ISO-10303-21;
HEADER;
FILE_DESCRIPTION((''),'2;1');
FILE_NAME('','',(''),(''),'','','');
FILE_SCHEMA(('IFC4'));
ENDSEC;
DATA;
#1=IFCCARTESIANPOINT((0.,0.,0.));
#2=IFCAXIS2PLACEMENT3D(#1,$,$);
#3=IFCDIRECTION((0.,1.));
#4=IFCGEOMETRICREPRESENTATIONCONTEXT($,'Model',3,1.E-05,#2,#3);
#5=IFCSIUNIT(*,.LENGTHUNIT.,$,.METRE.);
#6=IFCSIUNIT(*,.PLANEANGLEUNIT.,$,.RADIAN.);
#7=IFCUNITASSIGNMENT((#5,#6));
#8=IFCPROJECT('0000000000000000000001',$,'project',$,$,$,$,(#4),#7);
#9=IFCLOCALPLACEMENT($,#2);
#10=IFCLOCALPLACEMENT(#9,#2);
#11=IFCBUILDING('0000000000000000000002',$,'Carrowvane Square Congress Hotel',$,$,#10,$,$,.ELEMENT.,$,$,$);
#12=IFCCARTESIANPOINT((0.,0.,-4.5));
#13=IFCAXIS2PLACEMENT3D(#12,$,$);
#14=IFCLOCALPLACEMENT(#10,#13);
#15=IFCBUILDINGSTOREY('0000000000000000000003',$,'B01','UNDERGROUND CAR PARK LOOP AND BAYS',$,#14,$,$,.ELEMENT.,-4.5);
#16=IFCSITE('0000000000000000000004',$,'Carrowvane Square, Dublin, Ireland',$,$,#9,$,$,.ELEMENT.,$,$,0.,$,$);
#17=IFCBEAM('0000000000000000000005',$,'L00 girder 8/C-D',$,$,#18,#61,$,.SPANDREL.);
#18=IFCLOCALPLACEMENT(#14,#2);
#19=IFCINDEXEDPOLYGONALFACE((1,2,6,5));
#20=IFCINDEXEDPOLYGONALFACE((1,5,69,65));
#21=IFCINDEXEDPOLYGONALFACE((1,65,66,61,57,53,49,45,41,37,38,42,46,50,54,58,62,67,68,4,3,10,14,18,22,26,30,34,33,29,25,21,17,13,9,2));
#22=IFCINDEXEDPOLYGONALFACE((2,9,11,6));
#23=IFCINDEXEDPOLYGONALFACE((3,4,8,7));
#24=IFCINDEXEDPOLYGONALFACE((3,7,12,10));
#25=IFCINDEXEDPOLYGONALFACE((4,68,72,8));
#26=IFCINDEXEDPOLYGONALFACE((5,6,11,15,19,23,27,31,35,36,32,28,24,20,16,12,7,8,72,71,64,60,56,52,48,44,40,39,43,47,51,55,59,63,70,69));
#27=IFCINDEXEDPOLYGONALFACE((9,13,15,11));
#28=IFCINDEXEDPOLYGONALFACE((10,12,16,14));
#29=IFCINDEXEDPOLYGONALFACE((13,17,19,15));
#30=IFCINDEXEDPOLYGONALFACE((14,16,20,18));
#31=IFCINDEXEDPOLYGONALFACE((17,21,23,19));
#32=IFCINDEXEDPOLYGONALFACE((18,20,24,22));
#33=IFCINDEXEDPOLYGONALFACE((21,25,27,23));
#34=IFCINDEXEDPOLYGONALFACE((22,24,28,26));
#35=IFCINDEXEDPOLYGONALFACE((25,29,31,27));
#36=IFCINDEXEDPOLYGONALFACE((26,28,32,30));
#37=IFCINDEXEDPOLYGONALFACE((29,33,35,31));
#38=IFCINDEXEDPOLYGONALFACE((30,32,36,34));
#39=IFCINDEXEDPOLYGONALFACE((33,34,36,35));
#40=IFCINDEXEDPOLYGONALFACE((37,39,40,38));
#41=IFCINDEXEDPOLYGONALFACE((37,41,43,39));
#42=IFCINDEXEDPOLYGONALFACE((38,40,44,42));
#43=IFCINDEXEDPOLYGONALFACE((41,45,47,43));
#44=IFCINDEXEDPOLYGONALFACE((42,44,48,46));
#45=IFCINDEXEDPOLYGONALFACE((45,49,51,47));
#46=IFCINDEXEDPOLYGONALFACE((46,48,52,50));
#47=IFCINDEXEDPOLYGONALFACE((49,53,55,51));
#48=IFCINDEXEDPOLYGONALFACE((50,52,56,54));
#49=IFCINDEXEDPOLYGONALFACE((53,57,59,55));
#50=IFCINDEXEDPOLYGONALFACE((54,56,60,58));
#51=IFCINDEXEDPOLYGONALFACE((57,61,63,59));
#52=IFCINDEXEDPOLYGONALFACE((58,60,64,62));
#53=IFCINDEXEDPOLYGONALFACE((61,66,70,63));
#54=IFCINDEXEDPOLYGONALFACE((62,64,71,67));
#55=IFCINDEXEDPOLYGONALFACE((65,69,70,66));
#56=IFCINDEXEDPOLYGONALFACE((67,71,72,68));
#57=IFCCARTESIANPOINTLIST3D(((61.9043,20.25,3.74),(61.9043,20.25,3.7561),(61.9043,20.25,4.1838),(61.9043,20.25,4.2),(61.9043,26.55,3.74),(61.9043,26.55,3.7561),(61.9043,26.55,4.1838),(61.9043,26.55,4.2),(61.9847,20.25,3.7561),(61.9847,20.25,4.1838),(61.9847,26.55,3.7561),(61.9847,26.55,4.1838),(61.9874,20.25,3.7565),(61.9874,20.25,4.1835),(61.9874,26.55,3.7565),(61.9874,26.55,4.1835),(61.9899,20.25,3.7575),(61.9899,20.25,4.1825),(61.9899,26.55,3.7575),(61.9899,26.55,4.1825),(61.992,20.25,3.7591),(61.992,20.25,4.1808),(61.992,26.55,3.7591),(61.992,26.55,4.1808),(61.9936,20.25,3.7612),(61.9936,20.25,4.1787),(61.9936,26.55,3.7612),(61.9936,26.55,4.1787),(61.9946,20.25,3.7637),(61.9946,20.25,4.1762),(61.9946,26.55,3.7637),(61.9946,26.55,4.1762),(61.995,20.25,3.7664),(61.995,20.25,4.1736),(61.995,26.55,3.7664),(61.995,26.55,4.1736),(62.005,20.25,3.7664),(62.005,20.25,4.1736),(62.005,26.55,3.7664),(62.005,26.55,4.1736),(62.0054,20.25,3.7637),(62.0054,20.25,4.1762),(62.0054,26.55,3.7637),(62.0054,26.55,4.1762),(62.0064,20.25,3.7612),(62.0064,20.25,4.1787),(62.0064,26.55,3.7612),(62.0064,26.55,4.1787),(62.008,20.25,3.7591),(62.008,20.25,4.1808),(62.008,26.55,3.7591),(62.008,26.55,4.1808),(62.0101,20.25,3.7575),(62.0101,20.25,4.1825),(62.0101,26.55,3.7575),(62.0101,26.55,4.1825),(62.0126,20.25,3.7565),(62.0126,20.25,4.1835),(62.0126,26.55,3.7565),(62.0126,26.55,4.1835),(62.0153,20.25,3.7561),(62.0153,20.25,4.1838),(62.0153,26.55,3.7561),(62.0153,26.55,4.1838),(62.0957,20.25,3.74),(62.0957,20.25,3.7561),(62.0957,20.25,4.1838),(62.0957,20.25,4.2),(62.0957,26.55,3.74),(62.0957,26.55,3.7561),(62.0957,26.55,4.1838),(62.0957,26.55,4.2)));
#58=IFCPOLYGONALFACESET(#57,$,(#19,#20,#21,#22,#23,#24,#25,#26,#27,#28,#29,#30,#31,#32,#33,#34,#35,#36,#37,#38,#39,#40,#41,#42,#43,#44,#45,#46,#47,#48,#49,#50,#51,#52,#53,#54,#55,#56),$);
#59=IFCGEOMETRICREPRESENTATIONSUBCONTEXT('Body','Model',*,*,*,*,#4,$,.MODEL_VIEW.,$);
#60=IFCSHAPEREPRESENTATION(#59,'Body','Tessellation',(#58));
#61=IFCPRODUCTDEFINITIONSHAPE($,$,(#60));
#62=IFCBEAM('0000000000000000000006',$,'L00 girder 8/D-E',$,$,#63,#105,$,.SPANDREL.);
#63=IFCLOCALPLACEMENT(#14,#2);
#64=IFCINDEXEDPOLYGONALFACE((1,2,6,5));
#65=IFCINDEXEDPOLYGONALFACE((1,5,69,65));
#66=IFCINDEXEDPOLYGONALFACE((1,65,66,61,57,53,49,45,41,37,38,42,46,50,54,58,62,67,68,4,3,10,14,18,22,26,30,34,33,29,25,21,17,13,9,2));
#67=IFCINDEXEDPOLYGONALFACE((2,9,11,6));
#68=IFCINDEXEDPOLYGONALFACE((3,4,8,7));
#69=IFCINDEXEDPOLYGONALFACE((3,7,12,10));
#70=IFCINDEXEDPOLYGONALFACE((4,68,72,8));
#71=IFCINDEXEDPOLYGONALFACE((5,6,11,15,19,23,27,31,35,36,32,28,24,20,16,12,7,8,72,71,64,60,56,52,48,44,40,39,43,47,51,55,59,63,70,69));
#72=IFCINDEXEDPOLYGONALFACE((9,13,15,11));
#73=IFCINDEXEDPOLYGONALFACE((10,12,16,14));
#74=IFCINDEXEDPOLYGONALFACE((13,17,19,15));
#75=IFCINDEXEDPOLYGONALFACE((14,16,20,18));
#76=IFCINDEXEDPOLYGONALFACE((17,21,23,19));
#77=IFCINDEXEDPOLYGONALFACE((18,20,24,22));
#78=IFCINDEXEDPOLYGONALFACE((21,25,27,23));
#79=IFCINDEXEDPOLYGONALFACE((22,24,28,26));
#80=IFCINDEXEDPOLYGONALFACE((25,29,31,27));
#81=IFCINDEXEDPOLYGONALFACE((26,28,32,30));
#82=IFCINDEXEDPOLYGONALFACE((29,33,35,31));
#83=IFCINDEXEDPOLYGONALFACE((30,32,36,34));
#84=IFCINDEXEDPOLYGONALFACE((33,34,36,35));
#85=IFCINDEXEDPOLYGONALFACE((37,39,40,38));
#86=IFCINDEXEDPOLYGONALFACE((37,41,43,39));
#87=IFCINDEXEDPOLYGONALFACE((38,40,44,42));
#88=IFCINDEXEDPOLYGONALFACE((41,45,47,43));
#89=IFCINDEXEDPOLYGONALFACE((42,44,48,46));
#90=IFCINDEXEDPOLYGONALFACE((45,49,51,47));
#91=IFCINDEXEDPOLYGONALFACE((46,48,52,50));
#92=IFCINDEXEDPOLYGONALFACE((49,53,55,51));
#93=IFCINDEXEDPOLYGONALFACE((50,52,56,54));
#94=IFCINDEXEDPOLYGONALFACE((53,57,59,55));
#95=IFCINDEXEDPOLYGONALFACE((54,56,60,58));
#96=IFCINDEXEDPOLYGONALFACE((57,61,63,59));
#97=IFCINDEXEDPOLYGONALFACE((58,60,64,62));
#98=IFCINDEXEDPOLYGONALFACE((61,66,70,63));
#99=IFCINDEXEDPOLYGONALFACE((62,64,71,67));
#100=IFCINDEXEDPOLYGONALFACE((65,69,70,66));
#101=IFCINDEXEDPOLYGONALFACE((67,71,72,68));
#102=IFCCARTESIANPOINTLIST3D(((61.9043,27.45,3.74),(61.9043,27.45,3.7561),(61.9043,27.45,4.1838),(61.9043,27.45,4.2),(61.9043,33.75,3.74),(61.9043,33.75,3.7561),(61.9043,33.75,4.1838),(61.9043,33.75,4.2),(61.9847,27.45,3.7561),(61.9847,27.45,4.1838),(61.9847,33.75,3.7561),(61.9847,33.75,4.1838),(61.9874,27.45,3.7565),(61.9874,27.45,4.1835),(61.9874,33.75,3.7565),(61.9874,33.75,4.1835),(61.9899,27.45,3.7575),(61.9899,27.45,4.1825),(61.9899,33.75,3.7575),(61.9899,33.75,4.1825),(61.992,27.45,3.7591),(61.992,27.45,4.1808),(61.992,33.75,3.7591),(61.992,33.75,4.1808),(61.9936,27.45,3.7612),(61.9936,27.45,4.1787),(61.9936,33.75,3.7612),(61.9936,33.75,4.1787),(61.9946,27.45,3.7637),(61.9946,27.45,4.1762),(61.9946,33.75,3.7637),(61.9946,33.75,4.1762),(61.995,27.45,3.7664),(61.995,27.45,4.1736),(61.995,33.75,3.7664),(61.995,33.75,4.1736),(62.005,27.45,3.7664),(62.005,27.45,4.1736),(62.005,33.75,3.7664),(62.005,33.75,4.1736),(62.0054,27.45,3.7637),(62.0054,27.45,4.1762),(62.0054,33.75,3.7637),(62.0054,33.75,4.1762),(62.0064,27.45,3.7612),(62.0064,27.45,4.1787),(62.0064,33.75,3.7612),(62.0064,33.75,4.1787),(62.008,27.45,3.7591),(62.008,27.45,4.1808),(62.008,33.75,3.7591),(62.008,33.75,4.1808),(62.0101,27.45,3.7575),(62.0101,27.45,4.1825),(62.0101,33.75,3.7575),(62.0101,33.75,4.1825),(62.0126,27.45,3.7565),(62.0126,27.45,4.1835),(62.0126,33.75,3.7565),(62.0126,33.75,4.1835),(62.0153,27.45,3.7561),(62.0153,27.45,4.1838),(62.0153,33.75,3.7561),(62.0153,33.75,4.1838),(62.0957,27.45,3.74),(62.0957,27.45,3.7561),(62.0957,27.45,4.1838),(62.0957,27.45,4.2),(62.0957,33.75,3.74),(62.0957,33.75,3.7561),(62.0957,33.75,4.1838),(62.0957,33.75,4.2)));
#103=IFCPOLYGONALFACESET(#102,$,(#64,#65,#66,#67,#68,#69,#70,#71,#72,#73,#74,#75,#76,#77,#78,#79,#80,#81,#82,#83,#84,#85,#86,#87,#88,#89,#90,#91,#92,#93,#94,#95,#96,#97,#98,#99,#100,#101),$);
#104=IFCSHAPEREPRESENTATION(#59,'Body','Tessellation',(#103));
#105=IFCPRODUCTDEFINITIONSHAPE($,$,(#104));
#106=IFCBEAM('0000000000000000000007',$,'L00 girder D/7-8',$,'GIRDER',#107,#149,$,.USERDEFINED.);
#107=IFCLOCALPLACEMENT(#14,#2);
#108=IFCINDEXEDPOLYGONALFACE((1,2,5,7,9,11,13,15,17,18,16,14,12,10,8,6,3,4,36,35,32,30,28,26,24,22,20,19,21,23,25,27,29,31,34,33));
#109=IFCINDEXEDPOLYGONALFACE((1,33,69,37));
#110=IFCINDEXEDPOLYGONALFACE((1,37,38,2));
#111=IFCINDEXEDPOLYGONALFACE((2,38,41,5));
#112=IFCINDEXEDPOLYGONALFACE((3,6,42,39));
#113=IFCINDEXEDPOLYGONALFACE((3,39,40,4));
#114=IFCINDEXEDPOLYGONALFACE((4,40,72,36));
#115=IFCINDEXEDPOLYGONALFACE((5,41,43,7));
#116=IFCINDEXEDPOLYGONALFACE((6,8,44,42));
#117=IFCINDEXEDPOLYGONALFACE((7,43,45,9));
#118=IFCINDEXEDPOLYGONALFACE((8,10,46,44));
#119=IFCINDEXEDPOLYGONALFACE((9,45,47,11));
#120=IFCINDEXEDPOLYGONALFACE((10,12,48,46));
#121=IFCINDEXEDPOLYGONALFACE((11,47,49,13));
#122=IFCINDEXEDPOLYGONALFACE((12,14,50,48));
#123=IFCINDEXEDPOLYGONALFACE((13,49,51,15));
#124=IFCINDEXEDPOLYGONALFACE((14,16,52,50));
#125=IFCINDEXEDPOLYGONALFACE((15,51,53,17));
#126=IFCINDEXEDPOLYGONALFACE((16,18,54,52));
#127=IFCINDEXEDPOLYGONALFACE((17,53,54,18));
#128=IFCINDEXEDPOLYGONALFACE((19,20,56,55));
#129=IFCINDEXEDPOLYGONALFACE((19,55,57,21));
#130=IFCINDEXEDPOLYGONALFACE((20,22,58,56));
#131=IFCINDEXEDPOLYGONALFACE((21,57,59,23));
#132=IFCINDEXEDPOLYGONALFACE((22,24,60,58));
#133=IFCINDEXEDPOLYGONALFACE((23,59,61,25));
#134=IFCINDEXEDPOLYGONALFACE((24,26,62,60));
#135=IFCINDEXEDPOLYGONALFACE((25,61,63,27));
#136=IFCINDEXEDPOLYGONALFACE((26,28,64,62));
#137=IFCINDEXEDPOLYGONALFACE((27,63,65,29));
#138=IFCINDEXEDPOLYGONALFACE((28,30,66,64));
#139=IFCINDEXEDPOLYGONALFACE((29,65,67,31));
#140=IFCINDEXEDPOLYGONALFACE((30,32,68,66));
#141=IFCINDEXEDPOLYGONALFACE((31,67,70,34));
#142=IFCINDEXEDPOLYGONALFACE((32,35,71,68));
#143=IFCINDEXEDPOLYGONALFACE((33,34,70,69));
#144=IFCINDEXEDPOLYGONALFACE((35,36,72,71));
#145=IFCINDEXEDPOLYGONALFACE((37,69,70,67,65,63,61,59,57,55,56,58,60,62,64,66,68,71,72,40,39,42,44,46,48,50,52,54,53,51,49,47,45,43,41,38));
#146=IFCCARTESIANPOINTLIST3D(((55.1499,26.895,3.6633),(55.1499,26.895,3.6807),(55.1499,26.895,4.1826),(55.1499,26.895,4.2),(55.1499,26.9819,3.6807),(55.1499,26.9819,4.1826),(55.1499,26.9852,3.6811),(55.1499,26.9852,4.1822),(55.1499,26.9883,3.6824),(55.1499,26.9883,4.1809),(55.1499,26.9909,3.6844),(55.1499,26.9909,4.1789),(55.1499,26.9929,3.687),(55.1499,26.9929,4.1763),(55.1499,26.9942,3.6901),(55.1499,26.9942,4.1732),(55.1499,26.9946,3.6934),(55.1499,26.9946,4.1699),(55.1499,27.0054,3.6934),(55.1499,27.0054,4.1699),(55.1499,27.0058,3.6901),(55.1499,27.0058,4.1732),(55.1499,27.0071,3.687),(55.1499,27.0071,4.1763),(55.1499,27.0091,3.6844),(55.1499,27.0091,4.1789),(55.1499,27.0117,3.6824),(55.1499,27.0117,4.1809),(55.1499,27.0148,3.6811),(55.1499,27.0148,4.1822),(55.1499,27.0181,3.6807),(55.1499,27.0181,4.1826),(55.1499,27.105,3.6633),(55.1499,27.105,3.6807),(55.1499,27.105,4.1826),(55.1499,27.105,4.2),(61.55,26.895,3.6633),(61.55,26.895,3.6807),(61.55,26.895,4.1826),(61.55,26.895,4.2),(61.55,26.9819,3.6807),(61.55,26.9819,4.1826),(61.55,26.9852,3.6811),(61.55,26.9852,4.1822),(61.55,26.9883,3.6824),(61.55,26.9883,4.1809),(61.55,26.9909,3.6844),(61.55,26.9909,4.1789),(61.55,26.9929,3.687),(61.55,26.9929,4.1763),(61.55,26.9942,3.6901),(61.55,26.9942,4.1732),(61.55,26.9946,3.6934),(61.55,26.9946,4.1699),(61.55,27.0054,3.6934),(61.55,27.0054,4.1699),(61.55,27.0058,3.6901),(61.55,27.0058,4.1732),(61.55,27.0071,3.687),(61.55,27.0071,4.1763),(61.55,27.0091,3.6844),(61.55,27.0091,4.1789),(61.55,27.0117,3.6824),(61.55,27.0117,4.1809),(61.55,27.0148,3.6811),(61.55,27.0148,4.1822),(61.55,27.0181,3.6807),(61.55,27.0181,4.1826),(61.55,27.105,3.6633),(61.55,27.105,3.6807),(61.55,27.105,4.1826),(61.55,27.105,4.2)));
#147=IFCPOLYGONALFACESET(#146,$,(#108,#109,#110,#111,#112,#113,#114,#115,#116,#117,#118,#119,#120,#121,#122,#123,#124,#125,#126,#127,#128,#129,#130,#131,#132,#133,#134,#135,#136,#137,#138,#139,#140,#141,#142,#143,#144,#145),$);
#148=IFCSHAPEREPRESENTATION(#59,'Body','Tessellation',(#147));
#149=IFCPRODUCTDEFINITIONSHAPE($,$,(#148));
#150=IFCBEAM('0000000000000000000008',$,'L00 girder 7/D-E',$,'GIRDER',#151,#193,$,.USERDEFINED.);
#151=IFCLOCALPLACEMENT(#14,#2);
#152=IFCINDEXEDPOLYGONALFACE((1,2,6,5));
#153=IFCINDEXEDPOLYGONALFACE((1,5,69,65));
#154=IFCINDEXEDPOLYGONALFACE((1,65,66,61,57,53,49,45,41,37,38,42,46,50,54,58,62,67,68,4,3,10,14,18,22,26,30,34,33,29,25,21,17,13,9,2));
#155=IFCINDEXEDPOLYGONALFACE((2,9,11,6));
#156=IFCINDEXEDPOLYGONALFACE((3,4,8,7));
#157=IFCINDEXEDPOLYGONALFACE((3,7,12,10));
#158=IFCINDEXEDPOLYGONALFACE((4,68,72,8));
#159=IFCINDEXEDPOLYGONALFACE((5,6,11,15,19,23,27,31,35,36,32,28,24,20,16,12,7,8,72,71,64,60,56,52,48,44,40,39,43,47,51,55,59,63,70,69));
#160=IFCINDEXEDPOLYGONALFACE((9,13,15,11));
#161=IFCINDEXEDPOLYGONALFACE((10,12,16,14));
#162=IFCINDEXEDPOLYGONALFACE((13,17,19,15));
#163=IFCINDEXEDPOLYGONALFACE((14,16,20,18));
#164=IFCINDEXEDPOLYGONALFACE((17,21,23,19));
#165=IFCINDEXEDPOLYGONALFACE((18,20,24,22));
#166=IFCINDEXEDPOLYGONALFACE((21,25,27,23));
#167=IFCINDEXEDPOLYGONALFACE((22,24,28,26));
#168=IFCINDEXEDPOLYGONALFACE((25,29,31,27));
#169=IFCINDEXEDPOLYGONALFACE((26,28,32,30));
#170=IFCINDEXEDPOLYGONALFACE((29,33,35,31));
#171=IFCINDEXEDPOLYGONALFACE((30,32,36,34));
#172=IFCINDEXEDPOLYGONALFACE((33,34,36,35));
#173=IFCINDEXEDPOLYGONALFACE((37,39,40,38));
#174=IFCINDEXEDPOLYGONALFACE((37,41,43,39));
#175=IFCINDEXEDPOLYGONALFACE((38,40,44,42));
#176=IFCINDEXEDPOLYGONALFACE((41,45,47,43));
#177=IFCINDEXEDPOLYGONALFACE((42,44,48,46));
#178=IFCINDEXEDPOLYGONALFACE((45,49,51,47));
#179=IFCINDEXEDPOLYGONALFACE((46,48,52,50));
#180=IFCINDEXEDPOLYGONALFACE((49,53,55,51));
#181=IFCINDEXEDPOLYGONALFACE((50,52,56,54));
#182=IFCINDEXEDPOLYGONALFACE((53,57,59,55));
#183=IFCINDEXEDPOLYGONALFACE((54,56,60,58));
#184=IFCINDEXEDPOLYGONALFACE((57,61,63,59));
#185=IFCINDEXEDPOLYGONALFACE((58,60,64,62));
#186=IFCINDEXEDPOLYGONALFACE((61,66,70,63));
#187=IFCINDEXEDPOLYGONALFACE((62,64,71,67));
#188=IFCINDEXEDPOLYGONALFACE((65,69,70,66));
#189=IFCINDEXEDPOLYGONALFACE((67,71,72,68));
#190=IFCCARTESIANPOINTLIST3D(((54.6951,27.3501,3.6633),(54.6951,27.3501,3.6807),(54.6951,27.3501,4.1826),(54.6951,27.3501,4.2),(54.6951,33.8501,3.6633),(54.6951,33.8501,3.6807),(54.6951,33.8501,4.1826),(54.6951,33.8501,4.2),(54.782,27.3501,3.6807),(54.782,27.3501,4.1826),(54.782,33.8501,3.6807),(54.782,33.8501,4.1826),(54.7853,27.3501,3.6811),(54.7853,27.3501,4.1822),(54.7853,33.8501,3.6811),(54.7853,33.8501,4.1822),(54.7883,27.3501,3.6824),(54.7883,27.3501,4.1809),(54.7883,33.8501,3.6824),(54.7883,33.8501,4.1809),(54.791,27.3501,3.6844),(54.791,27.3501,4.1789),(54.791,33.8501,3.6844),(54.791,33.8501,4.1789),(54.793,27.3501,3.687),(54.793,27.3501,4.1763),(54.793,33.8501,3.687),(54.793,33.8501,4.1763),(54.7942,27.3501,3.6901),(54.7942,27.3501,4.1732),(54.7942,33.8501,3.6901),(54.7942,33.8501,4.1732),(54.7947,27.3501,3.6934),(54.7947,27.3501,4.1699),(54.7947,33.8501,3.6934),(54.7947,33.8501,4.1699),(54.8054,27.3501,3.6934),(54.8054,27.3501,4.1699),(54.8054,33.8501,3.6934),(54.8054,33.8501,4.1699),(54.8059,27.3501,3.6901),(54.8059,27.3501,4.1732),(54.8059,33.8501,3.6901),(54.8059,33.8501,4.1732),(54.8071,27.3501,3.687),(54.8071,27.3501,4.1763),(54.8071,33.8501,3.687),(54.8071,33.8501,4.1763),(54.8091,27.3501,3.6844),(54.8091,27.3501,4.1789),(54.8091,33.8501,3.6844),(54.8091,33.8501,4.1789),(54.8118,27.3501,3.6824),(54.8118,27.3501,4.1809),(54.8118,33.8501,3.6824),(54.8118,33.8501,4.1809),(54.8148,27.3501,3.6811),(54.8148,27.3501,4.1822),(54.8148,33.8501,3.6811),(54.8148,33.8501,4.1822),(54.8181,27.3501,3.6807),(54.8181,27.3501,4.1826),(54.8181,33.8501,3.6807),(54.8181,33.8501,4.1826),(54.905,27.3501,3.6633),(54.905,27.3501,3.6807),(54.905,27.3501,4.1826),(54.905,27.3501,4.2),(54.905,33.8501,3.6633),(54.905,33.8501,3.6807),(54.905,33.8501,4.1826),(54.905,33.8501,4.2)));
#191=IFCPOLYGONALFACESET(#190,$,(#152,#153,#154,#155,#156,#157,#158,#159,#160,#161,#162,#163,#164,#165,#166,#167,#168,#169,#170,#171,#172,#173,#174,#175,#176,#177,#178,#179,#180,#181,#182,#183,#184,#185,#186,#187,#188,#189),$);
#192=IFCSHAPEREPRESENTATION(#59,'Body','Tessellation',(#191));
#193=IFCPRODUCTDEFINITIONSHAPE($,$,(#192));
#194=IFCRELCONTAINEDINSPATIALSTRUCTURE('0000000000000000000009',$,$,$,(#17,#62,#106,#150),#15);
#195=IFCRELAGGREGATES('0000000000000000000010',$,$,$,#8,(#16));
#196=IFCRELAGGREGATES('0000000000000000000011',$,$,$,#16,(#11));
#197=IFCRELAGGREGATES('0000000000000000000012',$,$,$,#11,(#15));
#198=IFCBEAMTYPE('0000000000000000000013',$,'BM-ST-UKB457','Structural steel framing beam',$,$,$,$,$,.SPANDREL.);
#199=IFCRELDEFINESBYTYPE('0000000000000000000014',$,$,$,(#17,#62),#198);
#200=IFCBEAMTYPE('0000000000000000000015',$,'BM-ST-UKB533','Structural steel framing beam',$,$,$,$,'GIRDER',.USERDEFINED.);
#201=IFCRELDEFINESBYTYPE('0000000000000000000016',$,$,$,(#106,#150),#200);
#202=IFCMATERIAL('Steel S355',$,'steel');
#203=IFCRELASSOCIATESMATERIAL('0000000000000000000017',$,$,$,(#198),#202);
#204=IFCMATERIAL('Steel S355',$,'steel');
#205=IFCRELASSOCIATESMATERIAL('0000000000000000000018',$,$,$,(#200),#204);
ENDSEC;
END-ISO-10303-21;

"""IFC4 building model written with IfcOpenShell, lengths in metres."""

from ifc_helpers import new_model, si_unit, direction, frame, origin, origin_2d, place, context, subcontext, project, spatial, i_section, extrude, material, material_profile, profile_set, type_object, element, save


model = new_model("IFC4")

# Units and contexts
model_context = context("Model", 3, precision=1e-05, world=origin(), true_north=direction((0.0, 1.0)))
body_context = subcontext(model_context, "Body", "Model", "MODEL_VIEW")
ifc_project = project(units=[si_unit("LENGTHUNIT", "METRE"), si_unit("PLANEANGLEUNIT", "RADIAN")], contexts=[model_context])

# Site, building, storey
site_placement = place(None, origin())
site = spatial("IfcSite", under=ifc_project, at=site_placement, Name="Carrowvane Square, Dublin, Ireland", CompositionType="ELEMENT", RefElevation=0.0)
building_placement = place(site_placement, origin())
building = spatial("IfcBuilding", under=site, at=building_placement, Name="Carrowvane Square Congress Hotel", CompositionType="ELEMENT")
storey_placement = place(building_placement, frame((0.0, 0.0, -4.5)))
storey = spatial("IfcBuildingStorey", under=building, at=storey_placement, Name="B01", Description="UNDERGROUND CAR PARK LOOP AND BAYS", CompositionType="ELEMENT", Elevation=-4.5)

# Beams
ifc_material_1 = material(Name="Steel S355", Category="steel")
ifc_material_profile_1 = material_profile(ifc_material_1, i_section(OverallWidth=0.1914, OverallDepth=0.46, WebThickness=0.01, FlangeThickness=0.0161, FilletRadius=0.0103, at=origin_2d()), Name="UKB 457x191x82")
ifc_profile_set_1 = profile_set([ifc_material_profile_1], Name="Steel S355")
beam_type_1 = type_object("IfcBeamType", Name="BM-ST-UKB457", Description="Structural steel framing beam", PredefinedType="SPANDREL", material=ifc_profile_set_1)
for number, where, z_axis, x_axis, name in (
    (1, (62.0, 20.25, 3.97), (0.0, 1.0, 0.0), (-1.0, 0.0, 0.0), "L00 girder 8/C-D"),
    (2, (62.0, 27.45, 3.97), (0.0, 1.0, 0.0), (-1.0, 0.0, 0.0), "L00 girder 8/D-E"),
):
    element("IfcBeam", number, at=place(storey_placement, frame(where, z_axis=z_axis, x_axis=x_axis)), inside=storey, type_object=beam_type_1, Name=name, PredefinedType="SPANDREL", context=body_context, shape_type="SweptSolid", body=[
        extrude(i_section(OverallWidth=0.1914, OverallDepth=0.46, WebThickness=0.01, FlangeThickness=0.0161, FilletRadius=0.0103, at=origin_2d()), origin(), (0.0, 0.0, 1.0), 6.3),
    ])
ifc_material_2 = material(Name="Steel S355", Category="steel")
ifc_material_profile_2 = material_profile(ifc_material_2, i_section(OverallWidth=0.21, OverallDepth=0.5366, WebThickness=0.0107, FlangeThickness=0.0173, FilletRadius=0.0127, at=origin_2d()), Name="UKB 533x210x101")
ifc_profile_set_2 = profile_set([ifc_material_profile_2], Name="Steel S355")
beam_type_2 = type_object("IfcBeamType", Name="BM-ST-UKB533", Description="Structural steel framing beam", ElementType="GIRDER", PredefinedType="USERDEFINED", material=ifc_profile_set_2)
beam_1_placement = place(storey_placement, frame((55.1499, 27.0, 3.9316), z_axis=(1.0, 0.0, 0.0), x_axis=(0.0, 1.0, 0.0)))
element("IfcBeam", 3, at=beam_1_placement, inside=storey, type_object=beam_type_2, Name="L00 girder D/7-8", ObjectType="GIRDER", PredefinedType="USERDEFINED", context=body_context, shape_type="SweptSolid", body=[
    extrude(i_section(OverallWidth=0.21, OverallDepth=0.5366, WebThickness=0.0107, FlangeThickness=0.0173, FilletRadius=0.0127, at=origin_2d()), origin(), (0.0, 0.0, 1.0), 6.4001),
])
beam_2_placement = place(storey_placement, frame((54.8, 27.3501, 3.9316), z_axis=(0.0, 1.0, 0.0), x_axis=(-1.0, 0.0, 0.0)))
element("IfcBeam", 4, at=beam_2_placement, inside=storey, type_object=beam_type_2, Name="L00 girder 7/D-E", ObjectType="GIRDER", PredefinedType="USERDEFINED", context=body_context, shape_type="SweptSolid", body=[
    extrude(i_section(OverallWidth=0.21, OverallDepth=0.5366, WebThickness=0.0107, FlangeThickness=0.0173, FilletRadius=0.0127, at=origin_2d()), origin(), (0.0, 0.0, 1.0), 6.5),
])

save(model, "model.ifc")
